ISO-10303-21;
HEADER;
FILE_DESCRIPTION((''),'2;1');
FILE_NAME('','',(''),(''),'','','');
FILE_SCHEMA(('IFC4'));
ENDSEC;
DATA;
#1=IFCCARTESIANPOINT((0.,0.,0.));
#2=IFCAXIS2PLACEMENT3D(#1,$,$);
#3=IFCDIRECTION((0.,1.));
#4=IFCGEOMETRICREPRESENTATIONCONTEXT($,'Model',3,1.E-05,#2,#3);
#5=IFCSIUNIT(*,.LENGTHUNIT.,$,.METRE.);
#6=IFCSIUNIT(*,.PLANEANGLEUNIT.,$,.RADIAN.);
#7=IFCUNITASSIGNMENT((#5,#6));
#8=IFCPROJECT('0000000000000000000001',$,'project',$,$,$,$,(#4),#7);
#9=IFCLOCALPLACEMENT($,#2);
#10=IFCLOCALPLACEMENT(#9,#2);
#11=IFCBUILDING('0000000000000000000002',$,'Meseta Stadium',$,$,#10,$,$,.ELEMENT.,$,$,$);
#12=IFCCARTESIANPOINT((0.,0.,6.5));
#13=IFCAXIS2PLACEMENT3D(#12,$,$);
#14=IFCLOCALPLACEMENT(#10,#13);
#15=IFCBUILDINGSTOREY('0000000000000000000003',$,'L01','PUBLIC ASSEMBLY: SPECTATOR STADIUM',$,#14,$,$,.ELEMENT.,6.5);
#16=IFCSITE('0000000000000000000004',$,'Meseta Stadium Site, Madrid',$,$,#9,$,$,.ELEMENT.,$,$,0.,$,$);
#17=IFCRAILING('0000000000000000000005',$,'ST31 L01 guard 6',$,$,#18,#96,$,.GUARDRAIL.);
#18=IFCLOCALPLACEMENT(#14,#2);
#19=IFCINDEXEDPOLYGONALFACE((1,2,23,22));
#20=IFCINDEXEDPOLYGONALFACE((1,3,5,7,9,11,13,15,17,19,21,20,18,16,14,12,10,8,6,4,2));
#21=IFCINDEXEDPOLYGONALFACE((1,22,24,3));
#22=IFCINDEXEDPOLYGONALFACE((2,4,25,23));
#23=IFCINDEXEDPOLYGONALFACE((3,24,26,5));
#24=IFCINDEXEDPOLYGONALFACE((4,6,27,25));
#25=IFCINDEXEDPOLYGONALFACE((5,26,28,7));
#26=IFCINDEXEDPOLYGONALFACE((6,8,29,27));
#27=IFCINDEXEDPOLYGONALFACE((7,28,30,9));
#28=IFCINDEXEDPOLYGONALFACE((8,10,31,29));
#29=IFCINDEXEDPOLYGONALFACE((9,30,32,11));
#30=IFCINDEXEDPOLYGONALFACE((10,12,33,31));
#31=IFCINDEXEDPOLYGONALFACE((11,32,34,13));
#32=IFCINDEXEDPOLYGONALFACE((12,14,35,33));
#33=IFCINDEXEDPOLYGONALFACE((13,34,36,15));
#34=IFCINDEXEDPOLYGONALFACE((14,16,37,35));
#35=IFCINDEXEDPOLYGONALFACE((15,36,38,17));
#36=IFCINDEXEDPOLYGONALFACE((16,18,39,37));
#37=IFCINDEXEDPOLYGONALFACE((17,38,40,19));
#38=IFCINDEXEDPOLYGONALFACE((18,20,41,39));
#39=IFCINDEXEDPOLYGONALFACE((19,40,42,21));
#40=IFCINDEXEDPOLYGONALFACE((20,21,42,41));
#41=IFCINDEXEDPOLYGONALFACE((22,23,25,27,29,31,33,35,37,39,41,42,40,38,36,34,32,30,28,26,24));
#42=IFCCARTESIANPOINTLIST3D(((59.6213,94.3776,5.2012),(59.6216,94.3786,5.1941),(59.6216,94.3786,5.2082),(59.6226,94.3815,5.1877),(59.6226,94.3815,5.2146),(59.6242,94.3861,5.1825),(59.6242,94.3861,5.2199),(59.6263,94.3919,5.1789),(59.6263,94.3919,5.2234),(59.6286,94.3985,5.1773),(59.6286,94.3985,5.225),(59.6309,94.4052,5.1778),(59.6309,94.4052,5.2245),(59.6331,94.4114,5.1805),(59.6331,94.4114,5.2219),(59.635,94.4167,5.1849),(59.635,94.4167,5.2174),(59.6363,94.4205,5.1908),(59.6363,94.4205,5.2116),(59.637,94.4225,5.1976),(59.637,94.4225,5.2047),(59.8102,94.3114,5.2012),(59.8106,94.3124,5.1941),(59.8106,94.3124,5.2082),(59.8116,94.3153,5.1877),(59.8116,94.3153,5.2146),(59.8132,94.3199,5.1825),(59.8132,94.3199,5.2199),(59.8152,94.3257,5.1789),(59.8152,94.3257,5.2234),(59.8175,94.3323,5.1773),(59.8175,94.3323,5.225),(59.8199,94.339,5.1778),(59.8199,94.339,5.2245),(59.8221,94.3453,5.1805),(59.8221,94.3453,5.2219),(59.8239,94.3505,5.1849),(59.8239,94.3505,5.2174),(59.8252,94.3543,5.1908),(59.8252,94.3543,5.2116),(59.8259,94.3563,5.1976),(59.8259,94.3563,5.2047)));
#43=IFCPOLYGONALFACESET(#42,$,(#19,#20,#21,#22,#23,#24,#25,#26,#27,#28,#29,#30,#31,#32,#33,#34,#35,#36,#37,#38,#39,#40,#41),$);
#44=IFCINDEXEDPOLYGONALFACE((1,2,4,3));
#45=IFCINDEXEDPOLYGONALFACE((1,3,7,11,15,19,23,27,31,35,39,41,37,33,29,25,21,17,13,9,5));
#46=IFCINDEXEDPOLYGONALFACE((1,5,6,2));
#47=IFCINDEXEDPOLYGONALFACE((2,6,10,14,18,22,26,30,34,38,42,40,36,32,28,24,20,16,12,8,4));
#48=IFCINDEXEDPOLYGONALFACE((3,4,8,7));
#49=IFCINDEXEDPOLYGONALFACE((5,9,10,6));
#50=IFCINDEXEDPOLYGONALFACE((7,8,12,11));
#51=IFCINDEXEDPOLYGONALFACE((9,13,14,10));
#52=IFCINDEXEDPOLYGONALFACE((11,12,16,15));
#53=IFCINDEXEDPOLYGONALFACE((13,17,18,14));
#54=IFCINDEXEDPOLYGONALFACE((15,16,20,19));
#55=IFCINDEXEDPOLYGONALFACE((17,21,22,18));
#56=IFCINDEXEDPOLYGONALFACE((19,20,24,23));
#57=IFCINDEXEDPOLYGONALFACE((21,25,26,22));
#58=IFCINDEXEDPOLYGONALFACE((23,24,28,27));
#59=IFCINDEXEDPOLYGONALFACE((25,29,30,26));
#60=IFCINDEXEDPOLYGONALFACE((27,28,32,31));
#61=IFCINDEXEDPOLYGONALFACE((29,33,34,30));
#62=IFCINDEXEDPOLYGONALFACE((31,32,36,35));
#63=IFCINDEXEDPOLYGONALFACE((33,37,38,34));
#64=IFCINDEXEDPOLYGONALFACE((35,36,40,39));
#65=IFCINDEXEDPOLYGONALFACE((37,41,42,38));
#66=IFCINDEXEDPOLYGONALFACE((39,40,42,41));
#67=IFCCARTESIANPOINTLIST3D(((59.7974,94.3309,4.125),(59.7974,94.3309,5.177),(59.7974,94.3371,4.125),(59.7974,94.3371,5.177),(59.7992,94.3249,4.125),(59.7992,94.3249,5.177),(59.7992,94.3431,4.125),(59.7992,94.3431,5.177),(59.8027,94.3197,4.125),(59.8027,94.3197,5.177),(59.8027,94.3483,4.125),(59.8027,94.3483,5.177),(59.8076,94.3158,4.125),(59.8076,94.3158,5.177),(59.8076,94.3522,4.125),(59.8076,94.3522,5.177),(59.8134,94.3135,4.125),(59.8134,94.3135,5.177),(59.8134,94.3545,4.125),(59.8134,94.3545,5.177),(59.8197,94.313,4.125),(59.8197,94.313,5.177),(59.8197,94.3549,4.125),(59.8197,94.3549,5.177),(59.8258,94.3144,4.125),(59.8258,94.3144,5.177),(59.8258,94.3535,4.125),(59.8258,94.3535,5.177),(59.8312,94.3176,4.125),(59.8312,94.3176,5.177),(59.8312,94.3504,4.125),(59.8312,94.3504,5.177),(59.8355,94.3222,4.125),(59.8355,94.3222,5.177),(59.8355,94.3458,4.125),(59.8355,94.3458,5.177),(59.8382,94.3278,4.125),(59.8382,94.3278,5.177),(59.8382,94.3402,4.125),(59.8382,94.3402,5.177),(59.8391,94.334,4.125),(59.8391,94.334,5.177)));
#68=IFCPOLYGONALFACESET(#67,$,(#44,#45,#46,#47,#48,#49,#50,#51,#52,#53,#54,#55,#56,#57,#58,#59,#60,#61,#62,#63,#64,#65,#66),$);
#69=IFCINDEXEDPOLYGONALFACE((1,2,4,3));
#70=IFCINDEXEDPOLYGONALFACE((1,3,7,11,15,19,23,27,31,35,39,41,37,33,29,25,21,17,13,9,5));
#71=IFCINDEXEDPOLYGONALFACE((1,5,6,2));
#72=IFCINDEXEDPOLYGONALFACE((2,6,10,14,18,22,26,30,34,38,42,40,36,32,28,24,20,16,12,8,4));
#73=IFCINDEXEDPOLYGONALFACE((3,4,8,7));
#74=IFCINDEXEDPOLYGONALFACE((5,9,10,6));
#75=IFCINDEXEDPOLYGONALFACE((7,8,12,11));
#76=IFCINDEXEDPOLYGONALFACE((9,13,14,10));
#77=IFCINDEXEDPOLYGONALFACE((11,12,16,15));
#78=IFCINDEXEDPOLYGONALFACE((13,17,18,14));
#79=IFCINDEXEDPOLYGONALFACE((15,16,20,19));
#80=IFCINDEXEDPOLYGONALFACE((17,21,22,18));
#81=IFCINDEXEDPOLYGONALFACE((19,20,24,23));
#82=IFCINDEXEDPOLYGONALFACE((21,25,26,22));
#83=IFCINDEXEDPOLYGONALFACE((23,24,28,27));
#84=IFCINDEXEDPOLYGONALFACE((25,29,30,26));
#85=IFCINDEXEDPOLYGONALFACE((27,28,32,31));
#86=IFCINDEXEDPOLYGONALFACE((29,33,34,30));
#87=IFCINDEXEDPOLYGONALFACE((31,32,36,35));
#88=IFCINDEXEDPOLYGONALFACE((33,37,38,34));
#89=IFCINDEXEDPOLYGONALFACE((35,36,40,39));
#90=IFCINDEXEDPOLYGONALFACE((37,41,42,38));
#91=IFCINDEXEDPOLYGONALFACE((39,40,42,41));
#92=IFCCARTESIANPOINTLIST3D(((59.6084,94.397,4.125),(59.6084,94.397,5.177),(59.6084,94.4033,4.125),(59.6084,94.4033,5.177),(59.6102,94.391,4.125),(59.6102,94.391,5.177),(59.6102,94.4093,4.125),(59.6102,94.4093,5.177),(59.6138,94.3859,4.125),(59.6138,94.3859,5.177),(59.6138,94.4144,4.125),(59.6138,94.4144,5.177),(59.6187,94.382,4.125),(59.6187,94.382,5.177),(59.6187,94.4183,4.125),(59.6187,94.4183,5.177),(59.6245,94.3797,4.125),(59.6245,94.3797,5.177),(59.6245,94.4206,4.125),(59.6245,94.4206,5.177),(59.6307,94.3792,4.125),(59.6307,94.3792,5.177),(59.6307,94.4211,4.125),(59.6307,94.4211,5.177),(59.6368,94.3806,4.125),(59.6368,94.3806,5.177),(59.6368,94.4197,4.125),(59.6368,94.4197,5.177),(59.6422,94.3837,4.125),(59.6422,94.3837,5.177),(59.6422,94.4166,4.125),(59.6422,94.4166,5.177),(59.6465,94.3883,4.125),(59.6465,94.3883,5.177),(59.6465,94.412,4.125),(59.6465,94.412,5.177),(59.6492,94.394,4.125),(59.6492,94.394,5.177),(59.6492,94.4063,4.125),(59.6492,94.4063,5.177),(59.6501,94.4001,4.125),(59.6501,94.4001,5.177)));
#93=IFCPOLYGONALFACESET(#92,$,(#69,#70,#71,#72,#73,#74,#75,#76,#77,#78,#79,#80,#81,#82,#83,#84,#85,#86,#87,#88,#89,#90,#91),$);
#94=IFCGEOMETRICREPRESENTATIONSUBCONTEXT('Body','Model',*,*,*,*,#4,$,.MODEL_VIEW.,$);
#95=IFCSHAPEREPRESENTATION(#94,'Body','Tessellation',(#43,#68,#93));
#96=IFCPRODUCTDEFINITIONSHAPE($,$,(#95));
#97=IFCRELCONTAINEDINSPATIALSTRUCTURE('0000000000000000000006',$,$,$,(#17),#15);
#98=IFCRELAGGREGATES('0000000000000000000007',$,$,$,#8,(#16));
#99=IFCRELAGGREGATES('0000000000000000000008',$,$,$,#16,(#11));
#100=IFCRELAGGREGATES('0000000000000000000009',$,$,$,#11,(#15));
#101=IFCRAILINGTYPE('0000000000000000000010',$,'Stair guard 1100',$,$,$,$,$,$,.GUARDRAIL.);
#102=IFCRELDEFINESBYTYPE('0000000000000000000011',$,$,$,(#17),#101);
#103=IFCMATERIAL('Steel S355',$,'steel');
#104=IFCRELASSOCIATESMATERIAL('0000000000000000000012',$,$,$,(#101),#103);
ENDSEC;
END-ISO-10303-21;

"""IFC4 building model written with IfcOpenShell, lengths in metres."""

from ifc_helpers import new_model, si_unit, direction, frame, origin, origin_2d, place, context, subcontext, project, spatial, circle, extrude, material, type_object, element, save


model = new_model("IFC4")

# Units and contexts
model_context = context("Model", 3, precision=1e-05, world=origin(), true_north=direction((0.0, 1.0)))
body_context = subcontext(model_context, "Body", "Model", "MODEL_VIEW")
ifc_project = project(units=[si_unit("LENGTHUNIT", "METRE"), si_unit("PLANEANGLEUNIT", "RADIAN")], contexts=[model_context])

# Site, building, storey
site_placement = place(None, origin())
site = spatial("IfcSite", under=ifc_project, at=site_placement, Name="Meseta Stadium Site, Madrid", CompositionType="ELEMENT", RefElevation=0.0)
building_placement = place(site_placement, origin())
building = spatial("IfcBuilding", under=site, at=building_placement, Name="Meseta Stadium", CompositionType="ELEMENT")
storey_placement = place(building_placement, frame((0.0, 0.0, 6.5)))
storey = spatial("IfcBuildingStorey", under=building, at=storey_placement, Name="L01", Description="PUBLIC ASSEMBLY: SPECTATOR STADIUM", CompositionType="ELEMENT", Elevation=6.5)

# Railing
ifc_material_1 = material(Name="Steel S355", Category="steel")
railing_type_1 = type_object("IfcRailingType", Name="Stair guard 1100", PredefinedType="GUARDRAIL", material=ifc_material_1)
railing_1_placement = place(storey_placement, frame((59.8181, 94.334, 4.125)))
element("IfcRailing", 1, at=railing_1_placement, inside=storey, type_object=railing_type_1, Name="ST31 L01 guard 6", PredefinedType="GUARDRAIL", context=body_context, shape_type="SweptSolid", body=[
    extrude(circle(Radius=0.0239, at=origin_2d()), frame((0.0, 0.0, 1.0762), z_axis=(-0.94382, 0.330459, 0.0), x_axis=(-0.330459, -0.94382, 0.0)), (0.0, 0.0, 1.0), 0.2002),
    extrude(circle(Radius=0.021, at=origin_2d()), origin(), (0.0, 0.0, 1.0), 1.052),
    extrude(circle(Radius=0.021, at=origin_2d()), frame((-0.189, 0.0662, 0.0)), (0.0, 0.0, 1.0), 1.052),
])

save(model, "model.ifc")
